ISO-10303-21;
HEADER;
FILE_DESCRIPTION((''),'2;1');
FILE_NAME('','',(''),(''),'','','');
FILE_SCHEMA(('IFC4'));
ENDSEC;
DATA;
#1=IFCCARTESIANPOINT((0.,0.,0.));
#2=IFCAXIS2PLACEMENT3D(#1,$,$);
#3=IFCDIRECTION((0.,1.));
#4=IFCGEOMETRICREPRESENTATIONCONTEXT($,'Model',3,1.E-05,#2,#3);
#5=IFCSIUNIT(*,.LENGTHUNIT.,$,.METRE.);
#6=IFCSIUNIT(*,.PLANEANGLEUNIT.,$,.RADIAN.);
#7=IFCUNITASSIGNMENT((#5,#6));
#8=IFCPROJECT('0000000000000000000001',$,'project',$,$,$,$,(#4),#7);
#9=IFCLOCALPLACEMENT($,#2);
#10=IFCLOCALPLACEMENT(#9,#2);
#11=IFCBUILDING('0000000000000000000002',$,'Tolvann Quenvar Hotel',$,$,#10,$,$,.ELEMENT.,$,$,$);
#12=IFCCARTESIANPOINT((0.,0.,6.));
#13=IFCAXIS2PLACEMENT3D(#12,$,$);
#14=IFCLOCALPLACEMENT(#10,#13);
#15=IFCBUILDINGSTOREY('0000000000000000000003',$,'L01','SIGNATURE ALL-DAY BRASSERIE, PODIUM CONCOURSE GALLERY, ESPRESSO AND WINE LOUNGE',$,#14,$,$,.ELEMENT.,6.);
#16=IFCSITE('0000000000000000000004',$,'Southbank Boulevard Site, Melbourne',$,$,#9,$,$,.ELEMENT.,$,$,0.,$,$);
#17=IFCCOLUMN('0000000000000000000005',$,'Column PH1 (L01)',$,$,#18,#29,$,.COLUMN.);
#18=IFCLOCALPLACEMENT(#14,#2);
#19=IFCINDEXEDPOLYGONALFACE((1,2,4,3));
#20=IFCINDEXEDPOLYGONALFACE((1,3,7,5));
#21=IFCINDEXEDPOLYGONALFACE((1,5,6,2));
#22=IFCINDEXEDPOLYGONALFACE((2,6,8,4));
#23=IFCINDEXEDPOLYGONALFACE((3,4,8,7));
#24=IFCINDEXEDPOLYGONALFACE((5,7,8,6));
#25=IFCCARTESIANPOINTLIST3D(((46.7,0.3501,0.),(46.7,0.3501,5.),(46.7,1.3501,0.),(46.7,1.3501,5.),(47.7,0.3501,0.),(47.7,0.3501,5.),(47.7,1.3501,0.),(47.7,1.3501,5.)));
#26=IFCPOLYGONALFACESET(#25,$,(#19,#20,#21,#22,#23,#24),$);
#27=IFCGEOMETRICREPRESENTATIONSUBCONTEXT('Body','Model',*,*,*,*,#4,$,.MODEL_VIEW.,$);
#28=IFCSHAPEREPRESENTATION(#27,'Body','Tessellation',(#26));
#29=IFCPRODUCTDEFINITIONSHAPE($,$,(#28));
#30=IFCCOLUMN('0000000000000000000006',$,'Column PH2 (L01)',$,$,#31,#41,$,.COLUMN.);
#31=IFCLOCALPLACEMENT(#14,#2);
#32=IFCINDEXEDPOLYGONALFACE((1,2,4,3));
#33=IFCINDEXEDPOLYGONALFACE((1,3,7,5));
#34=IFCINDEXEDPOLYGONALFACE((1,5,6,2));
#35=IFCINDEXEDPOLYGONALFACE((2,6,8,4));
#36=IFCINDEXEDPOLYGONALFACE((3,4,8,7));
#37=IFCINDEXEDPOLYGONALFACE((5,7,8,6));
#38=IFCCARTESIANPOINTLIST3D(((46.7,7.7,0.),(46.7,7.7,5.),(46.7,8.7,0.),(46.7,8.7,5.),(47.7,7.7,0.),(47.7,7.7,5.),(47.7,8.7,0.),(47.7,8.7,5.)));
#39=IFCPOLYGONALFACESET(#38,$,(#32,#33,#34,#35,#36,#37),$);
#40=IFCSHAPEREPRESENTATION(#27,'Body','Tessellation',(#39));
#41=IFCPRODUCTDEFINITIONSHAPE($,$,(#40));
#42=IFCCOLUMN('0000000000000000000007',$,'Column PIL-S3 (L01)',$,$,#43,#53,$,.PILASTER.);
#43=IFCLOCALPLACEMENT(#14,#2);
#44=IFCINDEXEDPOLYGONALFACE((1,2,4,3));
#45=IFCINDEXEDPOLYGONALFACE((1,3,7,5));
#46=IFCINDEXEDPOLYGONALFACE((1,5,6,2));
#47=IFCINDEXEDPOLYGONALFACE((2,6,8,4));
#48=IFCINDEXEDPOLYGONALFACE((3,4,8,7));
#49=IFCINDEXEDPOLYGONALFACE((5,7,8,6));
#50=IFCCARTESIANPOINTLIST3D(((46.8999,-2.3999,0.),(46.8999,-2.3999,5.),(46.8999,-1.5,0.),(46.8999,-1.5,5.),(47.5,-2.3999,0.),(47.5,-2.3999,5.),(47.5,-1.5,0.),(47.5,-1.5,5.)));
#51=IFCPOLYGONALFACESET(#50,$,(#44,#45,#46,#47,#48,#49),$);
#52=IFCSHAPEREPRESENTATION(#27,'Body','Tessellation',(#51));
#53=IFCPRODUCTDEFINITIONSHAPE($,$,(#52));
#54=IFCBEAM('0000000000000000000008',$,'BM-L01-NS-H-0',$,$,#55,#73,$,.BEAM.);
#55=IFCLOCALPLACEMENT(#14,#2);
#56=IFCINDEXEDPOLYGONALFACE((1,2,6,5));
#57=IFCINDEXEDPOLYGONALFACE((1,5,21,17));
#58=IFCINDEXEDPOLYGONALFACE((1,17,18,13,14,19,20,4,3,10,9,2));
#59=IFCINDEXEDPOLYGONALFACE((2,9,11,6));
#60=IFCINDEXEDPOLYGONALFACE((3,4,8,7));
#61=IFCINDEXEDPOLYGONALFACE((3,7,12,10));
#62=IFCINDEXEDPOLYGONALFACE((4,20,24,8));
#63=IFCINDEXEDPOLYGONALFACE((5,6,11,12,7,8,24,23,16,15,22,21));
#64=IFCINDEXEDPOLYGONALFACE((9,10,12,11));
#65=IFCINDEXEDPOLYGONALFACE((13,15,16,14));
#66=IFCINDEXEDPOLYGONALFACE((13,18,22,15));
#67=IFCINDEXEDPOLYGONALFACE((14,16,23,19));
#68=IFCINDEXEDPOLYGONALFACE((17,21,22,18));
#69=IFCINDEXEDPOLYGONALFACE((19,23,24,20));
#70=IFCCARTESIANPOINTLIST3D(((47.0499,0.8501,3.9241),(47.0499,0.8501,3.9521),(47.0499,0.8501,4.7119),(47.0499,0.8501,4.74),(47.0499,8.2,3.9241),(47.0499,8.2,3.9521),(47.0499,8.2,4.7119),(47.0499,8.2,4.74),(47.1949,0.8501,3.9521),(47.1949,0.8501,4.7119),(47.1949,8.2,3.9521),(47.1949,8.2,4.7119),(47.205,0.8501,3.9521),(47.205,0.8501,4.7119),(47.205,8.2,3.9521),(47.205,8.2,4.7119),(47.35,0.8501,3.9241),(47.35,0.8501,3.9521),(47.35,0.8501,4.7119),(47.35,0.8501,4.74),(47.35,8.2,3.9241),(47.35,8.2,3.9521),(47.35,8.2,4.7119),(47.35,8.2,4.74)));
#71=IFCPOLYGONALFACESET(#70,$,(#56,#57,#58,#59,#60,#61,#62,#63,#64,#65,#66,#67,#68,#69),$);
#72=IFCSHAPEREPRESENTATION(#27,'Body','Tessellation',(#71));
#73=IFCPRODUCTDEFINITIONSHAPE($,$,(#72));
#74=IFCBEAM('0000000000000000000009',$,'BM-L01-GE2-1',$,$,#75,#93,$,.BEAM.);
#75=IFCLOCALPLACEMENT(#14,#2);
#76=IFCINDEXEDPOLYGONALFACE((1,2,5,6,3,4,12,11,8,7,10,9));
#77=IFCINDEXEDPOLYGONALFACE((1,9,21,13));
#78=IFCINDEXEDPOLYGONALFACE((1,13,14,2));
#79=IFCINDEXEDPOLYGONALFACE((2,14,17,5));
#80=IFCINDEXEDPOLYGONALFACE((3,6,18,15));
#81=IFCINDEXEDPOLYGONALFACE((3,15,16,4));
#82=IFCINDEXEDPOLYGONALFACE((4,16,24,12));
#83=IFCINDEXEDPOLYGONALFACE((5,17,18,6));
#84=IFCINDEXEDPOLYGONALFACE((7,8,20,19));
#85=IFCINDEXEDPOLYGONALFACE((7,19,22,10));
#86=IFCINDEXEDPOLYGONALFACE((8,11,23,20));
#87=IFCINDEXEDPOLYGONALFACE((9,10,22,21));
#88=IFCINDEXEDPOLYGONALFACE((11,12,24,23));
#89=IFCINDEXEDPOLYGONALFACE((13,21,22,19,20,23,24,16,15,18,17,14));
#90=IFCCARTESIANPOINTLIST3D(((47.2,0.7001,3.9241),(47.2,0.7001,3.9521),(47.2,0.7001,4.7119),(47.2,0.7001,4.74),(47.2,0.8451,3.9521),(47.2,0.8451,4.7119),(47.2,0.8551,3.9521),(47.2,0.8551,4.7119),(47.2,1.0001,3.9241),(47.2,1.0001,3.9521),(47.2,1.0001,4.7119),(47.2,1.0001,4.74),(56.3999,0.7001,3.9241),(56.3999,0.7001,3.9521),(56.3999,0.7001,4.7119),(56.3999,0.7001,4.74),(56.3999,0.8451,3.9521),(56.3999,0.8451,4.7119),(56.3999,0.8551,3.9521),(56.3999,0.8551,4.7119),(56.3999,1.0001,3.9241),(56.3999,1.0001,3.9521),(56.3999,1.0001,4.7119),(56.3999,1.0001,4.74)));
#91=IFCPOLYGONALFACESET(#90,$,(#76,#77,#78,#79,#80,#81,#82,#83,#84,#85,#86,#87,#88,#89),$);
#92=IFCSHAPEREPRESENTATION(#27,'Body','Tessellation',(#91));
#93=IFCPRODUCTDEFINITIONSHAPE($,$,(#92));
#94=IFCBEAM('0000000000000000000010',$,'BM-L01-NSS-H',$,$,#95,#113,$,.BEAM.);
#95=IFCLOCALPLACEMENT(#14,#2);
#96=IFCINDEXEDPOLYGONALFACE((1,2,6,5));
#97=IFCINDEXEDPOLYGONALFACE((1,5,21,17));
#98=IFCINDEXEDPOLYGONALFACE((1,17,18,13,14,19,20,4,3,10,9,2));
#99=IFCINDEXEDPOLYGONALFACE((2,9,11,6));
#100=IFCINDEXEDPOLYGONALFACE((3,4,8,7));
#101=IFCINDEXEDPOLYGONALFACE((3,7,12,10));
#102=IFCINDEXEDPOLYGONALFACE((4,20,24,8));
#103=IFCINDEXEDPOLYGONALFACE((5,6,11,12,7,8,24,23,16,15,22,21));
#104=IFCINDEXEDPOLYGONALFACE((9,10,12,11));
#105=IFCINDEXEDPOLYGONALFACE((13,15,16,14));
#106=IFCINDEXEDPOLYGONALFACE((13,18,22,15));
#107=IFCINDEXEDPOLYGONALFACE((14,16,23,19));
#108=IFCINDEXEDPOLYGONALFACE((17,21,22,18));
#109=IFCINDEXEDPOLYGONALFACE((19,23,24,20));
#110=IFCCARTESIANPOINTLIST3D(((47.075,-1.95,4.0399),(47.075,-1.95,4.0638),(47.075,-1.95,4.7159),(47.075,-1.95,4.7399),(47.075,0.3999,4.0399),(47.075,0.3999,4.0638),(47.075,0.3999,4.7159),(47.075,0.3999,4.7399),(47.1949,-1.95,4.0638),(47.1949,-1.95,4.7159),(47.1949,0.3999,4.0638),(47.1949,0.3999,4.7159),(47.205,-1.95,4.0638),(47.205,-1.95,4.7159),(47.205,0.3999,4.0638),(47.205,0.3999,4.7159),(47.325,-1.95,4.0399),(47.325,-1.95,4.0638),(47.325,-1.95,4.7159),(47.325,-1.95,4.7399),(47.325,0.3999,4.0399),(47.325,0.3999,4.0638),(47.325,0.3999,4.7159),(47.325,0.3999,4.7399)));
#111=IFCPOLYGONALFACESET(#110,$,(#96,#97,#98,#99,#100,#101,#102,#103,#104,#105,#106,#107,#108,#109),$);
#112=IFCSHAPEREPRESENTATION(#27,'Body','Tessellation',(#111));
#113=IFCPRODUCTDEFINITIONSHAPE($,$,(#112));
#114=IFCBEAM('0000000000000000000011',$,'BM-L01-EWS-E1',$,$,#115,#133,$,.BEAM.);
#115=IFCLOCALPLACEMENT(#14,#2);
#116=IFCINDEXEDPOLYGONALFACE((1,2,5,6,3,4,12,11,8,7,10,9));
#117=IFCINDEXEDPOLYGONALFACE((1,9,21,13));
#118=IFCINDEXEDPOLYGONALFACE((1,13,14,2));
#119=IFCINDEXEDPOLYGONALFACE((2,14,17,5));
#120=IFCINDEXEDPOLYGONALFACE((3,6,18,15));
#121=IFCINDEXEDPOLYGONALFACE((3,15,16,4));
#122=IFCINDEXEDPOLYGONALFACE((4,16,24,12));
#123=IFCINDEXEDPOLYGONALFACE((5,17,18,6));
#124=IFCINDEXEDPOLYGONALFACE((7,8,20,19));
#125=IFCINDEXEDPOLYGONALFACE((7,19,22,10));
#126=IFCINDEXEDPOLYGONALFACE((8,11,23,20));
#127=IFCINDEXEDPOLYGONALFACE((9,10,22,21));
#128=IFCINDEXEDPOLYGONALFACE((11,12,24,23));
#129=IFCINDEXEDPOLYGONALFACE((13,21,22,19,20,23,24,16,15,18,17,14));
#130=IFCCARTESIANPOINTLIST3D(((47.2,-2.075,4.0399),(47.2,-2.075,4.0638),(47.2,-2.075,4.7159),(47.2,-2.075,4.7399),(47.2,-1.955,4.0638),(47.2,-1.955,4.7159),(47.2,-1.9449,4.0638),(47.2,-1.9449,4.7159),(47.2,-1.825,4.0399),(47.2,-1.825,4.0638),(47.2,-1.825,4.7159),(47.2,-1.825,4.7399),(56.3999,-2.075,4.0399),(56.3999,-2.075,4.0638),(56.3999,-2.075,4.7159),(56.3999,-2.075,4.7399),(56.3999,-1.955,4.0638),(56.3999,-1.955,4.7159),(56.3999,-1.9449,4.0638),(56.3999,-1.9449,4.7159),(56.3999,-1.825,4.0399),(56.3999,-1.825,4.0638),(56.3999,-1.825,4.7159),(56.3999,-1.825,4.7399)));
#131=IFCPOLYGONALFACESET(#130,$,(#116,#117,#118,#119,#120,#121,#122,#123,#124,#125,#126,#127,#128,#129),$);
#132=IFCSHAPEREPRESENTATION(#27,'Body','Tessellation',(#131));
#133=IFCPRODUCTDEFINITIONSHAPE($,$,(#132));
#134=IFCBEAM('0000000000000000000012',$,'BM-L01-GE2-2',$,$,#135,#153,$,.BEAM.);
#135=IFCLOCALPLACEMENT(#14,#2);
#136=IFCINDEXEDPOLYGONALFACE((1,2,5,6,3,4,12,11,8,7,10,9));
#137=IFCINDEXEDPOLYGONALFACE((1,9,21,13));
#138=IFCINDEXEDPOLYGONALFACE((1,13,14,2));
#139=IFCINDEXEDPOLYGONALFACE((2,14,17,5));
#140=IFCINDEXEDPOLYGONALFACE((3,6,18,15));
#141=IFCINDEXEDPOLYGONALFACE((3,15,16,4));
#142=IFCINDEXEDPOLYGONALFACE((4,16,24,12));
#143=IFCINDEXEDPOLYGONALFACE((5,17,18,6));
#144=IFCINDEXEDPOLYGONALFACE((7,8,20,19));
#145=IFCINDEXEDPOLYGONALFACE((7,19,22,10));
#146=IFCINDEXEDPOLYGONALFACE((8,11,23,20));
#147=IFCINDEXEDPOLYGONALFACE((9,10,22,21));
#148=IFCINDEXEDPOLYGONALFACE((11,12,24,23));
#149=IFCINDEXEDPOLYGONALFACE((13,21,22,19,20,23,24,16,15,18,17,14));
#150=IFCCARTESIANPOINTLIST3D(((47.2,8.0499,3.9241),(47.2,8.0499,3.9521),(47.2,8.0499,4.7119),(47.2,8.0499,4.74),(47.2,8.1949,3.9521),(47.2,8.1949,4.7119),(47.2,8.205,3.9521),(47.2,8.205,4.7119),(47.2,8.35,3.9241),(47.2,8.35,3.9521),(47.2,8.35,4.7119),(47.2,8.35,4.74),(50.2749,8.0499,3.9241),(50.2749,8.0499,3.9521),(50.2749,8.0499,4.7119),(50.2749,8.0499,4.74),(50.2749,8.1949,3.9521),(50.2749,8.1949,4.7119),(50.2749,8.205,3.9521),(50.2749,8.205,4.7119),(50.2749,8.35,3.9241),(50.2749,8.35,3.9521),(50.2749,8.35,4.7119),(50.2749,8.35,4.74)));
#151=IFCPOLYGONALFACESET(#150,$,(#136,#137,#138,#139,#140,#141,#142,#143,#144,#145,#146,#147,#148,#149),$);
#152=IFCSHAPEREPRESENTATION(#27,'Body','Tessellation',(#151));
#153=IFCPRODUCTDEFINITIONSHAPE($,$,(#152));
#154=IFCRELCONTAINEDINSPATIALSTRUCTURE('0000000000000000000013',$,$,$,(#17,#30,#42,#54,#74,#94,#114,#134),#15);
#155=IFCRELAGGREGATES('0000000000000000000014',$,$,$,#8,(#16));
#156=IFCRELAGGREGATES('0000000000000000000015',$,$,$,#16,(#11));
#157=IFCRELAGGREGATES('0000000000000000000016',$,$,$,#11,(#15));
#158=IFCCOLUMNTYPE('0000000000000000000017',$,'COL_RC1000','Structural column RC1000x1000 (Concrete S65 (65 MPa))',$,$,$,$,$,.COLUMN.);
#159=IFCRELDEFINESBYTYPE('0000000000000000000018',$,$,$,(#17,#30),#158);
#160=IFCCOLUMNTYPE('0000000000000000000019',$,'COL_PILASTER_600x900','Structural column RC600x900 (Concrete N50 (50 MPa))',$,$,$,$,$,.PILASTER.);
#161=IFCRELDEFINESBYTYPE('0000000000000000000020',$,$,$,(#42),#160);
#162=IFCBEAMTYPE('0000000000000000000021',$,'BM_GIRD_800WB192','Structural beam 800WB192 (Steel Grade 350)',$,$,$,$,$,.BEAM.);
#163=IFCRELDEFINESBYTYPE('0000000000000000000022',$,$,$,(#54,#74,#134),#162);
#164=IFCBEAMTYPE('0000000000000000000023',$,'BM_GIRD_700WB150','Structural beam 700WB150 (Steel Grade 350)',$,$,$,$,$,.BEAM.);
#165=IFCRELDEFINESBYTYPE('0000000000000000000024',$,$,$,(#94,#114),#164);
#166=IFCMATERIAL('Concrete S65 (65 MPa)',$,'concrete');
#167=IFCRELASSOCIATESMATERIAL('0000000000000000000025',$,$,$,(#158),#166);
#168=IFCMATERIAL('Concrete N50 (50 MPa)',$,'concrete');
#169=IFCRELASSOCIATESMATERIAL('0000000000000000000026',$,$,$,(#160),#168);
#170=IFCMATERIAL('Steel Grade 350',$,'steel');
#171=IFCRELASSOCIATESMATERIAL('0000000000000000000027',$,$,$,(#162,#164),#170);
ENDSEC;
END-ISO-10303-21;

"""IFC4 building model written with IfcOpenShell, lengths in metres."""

from ifc_helpers import new_model, si_unit, direction, frame, origin, origin_2d, place, context, subcontext, project, spatial, rectangle, i_section, extrude, source, transform, mapped, material, material_profile, profile_set, type_object, type_shapes, element, save


model = new_model("IFC4")

# Units and contexts
model_context = context("Model", 3, precision=1e-05, world=origin(), true_north=direction((0.0, 1.0)))
body_context = subcontext(model_context, "Body", "Model", "MODEL_VIEW")
ifc_project = project(units=[si_unit("LENGTHUNIT", "METRE"), si_unit("PLANEANGLEUNIT", "RADIAN")], contexts=[model_context])

# Site, building, storey
site_placement = place(None, origin())
site = spatial("IfcSite", under=ifc_project, at=site_placement, Name="Southbank Boulevard Site, Melbourne", CompositionType="ELEMENT", RefElevation=0.0)
building_placement = place(site_placement, origin())
building = spatial("IfcBuilding", under=site, at=building_placement, Name="Tolvann Quenvar Hotel", CompositionType="ELEMENT")
storey_placement = place(building_placement, frame((0.0, 0.0, 6.0)))
storey = spatial("IfcBuildingStorey", under=building, at=storey_placement, Name="L01", Description="SIGNATURE ALL-DAY BRASSERIE, PODIUM CONCOURSE GALLERY, ESPRESSO AND WINE LOUNGE", CompositionType="ELEMENT", Elevation=6.0)

# Columns
ifc_material_1 = material(Name="Concrete S65 (65 MPa)", Category="concrete")
ifc_material_profile_1 = material_profile(ifc_material_1, rectangle(XDim=1.0, YDim=1.0, at=origin_2d()), Name="RC1000x1000")
ifc_profile_set_1 = profile_set([ifc_material_profile_1], Name="Concrete S65 (65 MPa)")
column_type_1 = type_object("IfcColumnType", Name="COL_RC1000", Description="Structural column RC1000x1000 (Concrete S65 (65 MPa))", PredefinedType="COLUMN", material=ifc_profile_set_1)
shared_shape_1 = source(origin(), body_context, "Body", "SweptSolid", [
    extrude(rectangle(XDim=1.0, YDim=1.0, at=origin_2d()), origin(), (0.0, 0.0, 1.0), 5.0),
])
type_shapes(column_type_1, [shared_shape_1])
for number, where, z_axis, x_axis, name in (
    (1, (47.2, 0.8501, 0.0), (0.0, 0.0, 1.0), (1.0, 0.0, 0.0), "Column PH1 (L01)"),
    (2, (47.2, 8.2, 0.0), (0.0, 0.0, 1.0), (1.0, 0.0, 0.0), "Column PH2 (L01)"),
):
    element("IfcColumn", number, at=place(storey_placement, frame(where, z_axis=z_axis, x_axis=x_axis)), inside=storey, type_object=column_type_1, Name=name, PredefinedType="COLUMN", context=body_context, shape_type="MappedRepresentation", body=[
        mapped(shared_shape_1, transform((0.0, 0.0, 0.0), x_axis=(1.0, 0.0, 0.0), y_axis=(0.0, 1.0, 0.0), z_axis=(0.0, 0.0, 1.0), scale=1.0)),
    ])
ifc_material_2 = material(Name="Concrete N50 (50 MPa)", Category="concrete")
ifc_material_profile_2 = material_profile(ifc_material_2, rectangle(XDim=0.6001, YDim=0.8999, at=origin_2d()), Name="RC600x900")
ifc_profile_set_2 = profile_set([ifc_material_profile_2], Name="Concrete N50 (50 MPa)")
column_type_2 = type_object("IfcColumnType", Name="COL_PILASTER_600x900", Description="Structural column RC600x900 (Concrete N50 (50 MPa))", PredefinedType="PILASTER", material=ifc_profile_set_2)
shared_shape_2 = source(origin(), body_context, "Body", "SweptSolid", [
    extrude(rectangle(XDim=0.6001, YDim=0.8999, at=origin_2d()), origin(), (0.0, 0.0, 1.0), 5.0),
])
type_shapes(column_type_2, [shared_shape_2])
column_placement = place(storey_placement, frame((47.2, -1.95, 0.0), z_axis=(0.0, 0.0, 1.0), x_axis=(1.0, 0.0, 0.0)))
element("IfcColumn", 3, at=column_placement, inside=storey, type_object=column_type_2, Name="Column PIL-S3 (L01)", PredefinedType="PILASTER", context=body_context, shape_type="MappedRepresentation", body=[
    mapped(shared_shape_2, transform((0.0, 0.0, 0.0), x_axis=(1.0, 0.0, 0.0), y_axis=(0.0, 1.0, 0.0), z_axis=(0.0, 0.0, 1.0), scale=1.0)),
])

# Beams
ifc_material_3 = material(Name="Steel Grade 350", Category="steel")
ifc_material_profile_3 = material_profile(ifc_material_3, i_section(OverallWidth=0.3, OverallDepth=0.8159, WebThickness=0.01, FlangeThickness=0.0281, at=origin_2d()), Name="800WB192")
ifc_profile_set_3 = profile_set([ifc_material_profile_3], Name="Steel Grade 350")
beam_type_1 = type_object("IfcBeamType", Name="BM_GIRD_800WB192", Description="Structural beam 800WB192 (Steel Grade 350)", PredefinedType="BEAM", material=ifc_profile_set_3)
shared_shape_3 = source(origin(), body_context, "Body", "SweptSolid", [
    extrude(i_section(OverallWidth=0.3, OverallDepth=0.8159, WebThickness=0.01, FlangeThickness=0.0281, at=origin_2d()), origin(), (0.0, 0.0, 1.0), 7.3499),
])
beam_1_placement = place(storey_placement, frame((47.2, 0.8501, 4.332), z_axis=(0.0, 1.0, 0.0), x_axis=(-1.0, 0.0, 0.0)))
element("IfcBeam", 4, at=beam_1_placement, inside=storey, type_object=beam_type_1, Name="BM-L01-NS-H-0", PredefinedType="BEAM", context=body_context, shape_type="MappedRepresentation", body=[
    mapped(shared_shape_3, transform((0.0, 0.0, 0.0), x_axis=(1.0, 0.0, 0.0), y_axis=(0.0, 1.0, 0.0), z_axis=(0.0, 0.0, 1.0), scale=1.0)),
])
shared_shape_4 = source(origin(), body_context, "Body", "SweptSolid", [
    extrude(i_section(OverallWidth=0.3, OverallDepth=0.8159, WebThickness=0.01, FlangeThickness=0.0281, at=origin_2d()), origin(), (0.0, 0.0, 1.0), 9.2),
])
beam_2_placement = place(storey_placement, frame((47.2, 0.8501, 4.332), z_axis=(1.0, 0.0, 0.0), x_axis=(0.0, 1.0, 0.0)))
element("IfcBeam", 5, at=beam_2_placement, inside=storey, type_object=beam_type_1, Name="BM-L01-GE2-1", PredefinedType="BEAM", context=body_context, shape_type="MappedRepresentation", body=[
    mapped(shared_shape_4, transform((0.0, 0.0, 0.0), x_axis=(1.0, 0.0, 0.0), y_axis=(0.0, 1.0, 0.0), z_axis=(0.0, 0.0, 1.0), scale=1.0)),
])
ifc_material_profile_4 = material_profile(ifc_material_3, i_section(OverallWidth=0.25, OverallDepth=0.7, WebThickness=0.01, FlangeThickness=0.0239, at=origin_2d()), Name="700WB150")
ifc_profile_set_4 = profile_set([ifc_material_profile_4], Name="Steel Grade 350")
beam_type_2 = type_object("IfcBeamType", Name="BM_GIRD_700WB150", Description="Structural beam 700WB150 (Steel Grade 350)", PredefinedType="BEAM", material=ifc_profile_set_4)
shared_shape_5 = source(origin(), body_context, "Body", "SweptSolid", [
    extrude(i_section(OverallWidth=0.25, OverallDepth=0.7, WebThickness=0.01, FlangeThickness=0.0239, at=origin_2d()), origin(), (0.0, 0.0, 1.0), 2.3499),
])
beam_3_placement = place(storey_placement, frame((47.2, -1.95, 4.3899), z_axis=(0.0, 1.0, 0.0), x_axis=(-1.0, 0.0, 0.0)))
element("IfcBeam", 6, at=beam_3_placement, inside=storey, type_object=beam_type_2, Name="BM-L01-NSS-H", PredefinedType="BEAM", context=body_context, shape_type="MappedRepresentation", body=[
    mapped(shared_shape_5, transform((0.0, 0.0, 0.0), x_axis=(1.0, 0.0, 0.0), y_axis=(0.0, 1.0, 0.0), z_axis=(0.0, 0.0, 1.0), scale=1.0)),
])
shared_shape_6 = source(origin(), body_context, "Body", "SweptSolid", [
    extrude(i_section(OverallWidth=0.25, OverallDepth=0.7, WebThickness=0.01, FlangeThickness=0.0239, at=origin_2d()), origin(), (0.0, 0.0, 1.0), 9.2),
])
type_shapes(beam_type_2, [shared_shape_5, shared_shape_6])
beam_4_placement = place(storey_placement, frame((47.2, -1.95, 4.3899), z_axis=(1.0, 0.0, 0.0), x_axis=(0.0, 1.0, 0.0)))
element("IfcBeam", 7, at=beam_4_placement, inside=storey, type_object=beam_type_2, Name="BM-L01-EWS-E1", PredefinedType="BEAM", context=body_context, shape_type="MappedRepresentation", body=[
    mapped(shared_shape_6, transform((0.0, 0.0, 0.0), x_axis=(1.0, 0.0, 0.0), y_axis=(0.0, 1.0, 0.0), z_axis=(0.0, 0.0, 1.0), scale=1.0)),
])
shared_shape_7 = source(origin(), body_context, "Body", "SweptSolid", [
    extrude(i_section(OverallWidth=0.3, OverallDepth=0.8159, WebThickness=0.01, FlangeThickness=0.0281, at=origin_2d()), origin(), (0.0, 0.0, 1.0), 3.075),
])
type_shapes(beam_type_1, [shared_shape_3, shared_shape_4, shared_shape_7])
beam_5_placement = place(storey_placement, frame((47.2, 8.2, 4.332), z_axis=(1.0, 0.0, 0.0), x_axis=(0.0, 1.0, 0.0)))
element("IfcBeam", 8, at=beam_5_placement, inside=storey, type_object=beam_type_1, Name="BM-L01-GE2-2", PredefinedType="BEAM", context=body_context, shape_type="MappedRepresentation", body=[
    mapped(shared_shape_7, transform((0.0, 0.0, 0.0), x_axis=(1.0, 0.0, 0.0), y_axis=(0.0, 1.0, 0.0), z_axis=(0.0, 0.0, 1.0), scale=1.0)),
])

save(model, "model.ifc")
